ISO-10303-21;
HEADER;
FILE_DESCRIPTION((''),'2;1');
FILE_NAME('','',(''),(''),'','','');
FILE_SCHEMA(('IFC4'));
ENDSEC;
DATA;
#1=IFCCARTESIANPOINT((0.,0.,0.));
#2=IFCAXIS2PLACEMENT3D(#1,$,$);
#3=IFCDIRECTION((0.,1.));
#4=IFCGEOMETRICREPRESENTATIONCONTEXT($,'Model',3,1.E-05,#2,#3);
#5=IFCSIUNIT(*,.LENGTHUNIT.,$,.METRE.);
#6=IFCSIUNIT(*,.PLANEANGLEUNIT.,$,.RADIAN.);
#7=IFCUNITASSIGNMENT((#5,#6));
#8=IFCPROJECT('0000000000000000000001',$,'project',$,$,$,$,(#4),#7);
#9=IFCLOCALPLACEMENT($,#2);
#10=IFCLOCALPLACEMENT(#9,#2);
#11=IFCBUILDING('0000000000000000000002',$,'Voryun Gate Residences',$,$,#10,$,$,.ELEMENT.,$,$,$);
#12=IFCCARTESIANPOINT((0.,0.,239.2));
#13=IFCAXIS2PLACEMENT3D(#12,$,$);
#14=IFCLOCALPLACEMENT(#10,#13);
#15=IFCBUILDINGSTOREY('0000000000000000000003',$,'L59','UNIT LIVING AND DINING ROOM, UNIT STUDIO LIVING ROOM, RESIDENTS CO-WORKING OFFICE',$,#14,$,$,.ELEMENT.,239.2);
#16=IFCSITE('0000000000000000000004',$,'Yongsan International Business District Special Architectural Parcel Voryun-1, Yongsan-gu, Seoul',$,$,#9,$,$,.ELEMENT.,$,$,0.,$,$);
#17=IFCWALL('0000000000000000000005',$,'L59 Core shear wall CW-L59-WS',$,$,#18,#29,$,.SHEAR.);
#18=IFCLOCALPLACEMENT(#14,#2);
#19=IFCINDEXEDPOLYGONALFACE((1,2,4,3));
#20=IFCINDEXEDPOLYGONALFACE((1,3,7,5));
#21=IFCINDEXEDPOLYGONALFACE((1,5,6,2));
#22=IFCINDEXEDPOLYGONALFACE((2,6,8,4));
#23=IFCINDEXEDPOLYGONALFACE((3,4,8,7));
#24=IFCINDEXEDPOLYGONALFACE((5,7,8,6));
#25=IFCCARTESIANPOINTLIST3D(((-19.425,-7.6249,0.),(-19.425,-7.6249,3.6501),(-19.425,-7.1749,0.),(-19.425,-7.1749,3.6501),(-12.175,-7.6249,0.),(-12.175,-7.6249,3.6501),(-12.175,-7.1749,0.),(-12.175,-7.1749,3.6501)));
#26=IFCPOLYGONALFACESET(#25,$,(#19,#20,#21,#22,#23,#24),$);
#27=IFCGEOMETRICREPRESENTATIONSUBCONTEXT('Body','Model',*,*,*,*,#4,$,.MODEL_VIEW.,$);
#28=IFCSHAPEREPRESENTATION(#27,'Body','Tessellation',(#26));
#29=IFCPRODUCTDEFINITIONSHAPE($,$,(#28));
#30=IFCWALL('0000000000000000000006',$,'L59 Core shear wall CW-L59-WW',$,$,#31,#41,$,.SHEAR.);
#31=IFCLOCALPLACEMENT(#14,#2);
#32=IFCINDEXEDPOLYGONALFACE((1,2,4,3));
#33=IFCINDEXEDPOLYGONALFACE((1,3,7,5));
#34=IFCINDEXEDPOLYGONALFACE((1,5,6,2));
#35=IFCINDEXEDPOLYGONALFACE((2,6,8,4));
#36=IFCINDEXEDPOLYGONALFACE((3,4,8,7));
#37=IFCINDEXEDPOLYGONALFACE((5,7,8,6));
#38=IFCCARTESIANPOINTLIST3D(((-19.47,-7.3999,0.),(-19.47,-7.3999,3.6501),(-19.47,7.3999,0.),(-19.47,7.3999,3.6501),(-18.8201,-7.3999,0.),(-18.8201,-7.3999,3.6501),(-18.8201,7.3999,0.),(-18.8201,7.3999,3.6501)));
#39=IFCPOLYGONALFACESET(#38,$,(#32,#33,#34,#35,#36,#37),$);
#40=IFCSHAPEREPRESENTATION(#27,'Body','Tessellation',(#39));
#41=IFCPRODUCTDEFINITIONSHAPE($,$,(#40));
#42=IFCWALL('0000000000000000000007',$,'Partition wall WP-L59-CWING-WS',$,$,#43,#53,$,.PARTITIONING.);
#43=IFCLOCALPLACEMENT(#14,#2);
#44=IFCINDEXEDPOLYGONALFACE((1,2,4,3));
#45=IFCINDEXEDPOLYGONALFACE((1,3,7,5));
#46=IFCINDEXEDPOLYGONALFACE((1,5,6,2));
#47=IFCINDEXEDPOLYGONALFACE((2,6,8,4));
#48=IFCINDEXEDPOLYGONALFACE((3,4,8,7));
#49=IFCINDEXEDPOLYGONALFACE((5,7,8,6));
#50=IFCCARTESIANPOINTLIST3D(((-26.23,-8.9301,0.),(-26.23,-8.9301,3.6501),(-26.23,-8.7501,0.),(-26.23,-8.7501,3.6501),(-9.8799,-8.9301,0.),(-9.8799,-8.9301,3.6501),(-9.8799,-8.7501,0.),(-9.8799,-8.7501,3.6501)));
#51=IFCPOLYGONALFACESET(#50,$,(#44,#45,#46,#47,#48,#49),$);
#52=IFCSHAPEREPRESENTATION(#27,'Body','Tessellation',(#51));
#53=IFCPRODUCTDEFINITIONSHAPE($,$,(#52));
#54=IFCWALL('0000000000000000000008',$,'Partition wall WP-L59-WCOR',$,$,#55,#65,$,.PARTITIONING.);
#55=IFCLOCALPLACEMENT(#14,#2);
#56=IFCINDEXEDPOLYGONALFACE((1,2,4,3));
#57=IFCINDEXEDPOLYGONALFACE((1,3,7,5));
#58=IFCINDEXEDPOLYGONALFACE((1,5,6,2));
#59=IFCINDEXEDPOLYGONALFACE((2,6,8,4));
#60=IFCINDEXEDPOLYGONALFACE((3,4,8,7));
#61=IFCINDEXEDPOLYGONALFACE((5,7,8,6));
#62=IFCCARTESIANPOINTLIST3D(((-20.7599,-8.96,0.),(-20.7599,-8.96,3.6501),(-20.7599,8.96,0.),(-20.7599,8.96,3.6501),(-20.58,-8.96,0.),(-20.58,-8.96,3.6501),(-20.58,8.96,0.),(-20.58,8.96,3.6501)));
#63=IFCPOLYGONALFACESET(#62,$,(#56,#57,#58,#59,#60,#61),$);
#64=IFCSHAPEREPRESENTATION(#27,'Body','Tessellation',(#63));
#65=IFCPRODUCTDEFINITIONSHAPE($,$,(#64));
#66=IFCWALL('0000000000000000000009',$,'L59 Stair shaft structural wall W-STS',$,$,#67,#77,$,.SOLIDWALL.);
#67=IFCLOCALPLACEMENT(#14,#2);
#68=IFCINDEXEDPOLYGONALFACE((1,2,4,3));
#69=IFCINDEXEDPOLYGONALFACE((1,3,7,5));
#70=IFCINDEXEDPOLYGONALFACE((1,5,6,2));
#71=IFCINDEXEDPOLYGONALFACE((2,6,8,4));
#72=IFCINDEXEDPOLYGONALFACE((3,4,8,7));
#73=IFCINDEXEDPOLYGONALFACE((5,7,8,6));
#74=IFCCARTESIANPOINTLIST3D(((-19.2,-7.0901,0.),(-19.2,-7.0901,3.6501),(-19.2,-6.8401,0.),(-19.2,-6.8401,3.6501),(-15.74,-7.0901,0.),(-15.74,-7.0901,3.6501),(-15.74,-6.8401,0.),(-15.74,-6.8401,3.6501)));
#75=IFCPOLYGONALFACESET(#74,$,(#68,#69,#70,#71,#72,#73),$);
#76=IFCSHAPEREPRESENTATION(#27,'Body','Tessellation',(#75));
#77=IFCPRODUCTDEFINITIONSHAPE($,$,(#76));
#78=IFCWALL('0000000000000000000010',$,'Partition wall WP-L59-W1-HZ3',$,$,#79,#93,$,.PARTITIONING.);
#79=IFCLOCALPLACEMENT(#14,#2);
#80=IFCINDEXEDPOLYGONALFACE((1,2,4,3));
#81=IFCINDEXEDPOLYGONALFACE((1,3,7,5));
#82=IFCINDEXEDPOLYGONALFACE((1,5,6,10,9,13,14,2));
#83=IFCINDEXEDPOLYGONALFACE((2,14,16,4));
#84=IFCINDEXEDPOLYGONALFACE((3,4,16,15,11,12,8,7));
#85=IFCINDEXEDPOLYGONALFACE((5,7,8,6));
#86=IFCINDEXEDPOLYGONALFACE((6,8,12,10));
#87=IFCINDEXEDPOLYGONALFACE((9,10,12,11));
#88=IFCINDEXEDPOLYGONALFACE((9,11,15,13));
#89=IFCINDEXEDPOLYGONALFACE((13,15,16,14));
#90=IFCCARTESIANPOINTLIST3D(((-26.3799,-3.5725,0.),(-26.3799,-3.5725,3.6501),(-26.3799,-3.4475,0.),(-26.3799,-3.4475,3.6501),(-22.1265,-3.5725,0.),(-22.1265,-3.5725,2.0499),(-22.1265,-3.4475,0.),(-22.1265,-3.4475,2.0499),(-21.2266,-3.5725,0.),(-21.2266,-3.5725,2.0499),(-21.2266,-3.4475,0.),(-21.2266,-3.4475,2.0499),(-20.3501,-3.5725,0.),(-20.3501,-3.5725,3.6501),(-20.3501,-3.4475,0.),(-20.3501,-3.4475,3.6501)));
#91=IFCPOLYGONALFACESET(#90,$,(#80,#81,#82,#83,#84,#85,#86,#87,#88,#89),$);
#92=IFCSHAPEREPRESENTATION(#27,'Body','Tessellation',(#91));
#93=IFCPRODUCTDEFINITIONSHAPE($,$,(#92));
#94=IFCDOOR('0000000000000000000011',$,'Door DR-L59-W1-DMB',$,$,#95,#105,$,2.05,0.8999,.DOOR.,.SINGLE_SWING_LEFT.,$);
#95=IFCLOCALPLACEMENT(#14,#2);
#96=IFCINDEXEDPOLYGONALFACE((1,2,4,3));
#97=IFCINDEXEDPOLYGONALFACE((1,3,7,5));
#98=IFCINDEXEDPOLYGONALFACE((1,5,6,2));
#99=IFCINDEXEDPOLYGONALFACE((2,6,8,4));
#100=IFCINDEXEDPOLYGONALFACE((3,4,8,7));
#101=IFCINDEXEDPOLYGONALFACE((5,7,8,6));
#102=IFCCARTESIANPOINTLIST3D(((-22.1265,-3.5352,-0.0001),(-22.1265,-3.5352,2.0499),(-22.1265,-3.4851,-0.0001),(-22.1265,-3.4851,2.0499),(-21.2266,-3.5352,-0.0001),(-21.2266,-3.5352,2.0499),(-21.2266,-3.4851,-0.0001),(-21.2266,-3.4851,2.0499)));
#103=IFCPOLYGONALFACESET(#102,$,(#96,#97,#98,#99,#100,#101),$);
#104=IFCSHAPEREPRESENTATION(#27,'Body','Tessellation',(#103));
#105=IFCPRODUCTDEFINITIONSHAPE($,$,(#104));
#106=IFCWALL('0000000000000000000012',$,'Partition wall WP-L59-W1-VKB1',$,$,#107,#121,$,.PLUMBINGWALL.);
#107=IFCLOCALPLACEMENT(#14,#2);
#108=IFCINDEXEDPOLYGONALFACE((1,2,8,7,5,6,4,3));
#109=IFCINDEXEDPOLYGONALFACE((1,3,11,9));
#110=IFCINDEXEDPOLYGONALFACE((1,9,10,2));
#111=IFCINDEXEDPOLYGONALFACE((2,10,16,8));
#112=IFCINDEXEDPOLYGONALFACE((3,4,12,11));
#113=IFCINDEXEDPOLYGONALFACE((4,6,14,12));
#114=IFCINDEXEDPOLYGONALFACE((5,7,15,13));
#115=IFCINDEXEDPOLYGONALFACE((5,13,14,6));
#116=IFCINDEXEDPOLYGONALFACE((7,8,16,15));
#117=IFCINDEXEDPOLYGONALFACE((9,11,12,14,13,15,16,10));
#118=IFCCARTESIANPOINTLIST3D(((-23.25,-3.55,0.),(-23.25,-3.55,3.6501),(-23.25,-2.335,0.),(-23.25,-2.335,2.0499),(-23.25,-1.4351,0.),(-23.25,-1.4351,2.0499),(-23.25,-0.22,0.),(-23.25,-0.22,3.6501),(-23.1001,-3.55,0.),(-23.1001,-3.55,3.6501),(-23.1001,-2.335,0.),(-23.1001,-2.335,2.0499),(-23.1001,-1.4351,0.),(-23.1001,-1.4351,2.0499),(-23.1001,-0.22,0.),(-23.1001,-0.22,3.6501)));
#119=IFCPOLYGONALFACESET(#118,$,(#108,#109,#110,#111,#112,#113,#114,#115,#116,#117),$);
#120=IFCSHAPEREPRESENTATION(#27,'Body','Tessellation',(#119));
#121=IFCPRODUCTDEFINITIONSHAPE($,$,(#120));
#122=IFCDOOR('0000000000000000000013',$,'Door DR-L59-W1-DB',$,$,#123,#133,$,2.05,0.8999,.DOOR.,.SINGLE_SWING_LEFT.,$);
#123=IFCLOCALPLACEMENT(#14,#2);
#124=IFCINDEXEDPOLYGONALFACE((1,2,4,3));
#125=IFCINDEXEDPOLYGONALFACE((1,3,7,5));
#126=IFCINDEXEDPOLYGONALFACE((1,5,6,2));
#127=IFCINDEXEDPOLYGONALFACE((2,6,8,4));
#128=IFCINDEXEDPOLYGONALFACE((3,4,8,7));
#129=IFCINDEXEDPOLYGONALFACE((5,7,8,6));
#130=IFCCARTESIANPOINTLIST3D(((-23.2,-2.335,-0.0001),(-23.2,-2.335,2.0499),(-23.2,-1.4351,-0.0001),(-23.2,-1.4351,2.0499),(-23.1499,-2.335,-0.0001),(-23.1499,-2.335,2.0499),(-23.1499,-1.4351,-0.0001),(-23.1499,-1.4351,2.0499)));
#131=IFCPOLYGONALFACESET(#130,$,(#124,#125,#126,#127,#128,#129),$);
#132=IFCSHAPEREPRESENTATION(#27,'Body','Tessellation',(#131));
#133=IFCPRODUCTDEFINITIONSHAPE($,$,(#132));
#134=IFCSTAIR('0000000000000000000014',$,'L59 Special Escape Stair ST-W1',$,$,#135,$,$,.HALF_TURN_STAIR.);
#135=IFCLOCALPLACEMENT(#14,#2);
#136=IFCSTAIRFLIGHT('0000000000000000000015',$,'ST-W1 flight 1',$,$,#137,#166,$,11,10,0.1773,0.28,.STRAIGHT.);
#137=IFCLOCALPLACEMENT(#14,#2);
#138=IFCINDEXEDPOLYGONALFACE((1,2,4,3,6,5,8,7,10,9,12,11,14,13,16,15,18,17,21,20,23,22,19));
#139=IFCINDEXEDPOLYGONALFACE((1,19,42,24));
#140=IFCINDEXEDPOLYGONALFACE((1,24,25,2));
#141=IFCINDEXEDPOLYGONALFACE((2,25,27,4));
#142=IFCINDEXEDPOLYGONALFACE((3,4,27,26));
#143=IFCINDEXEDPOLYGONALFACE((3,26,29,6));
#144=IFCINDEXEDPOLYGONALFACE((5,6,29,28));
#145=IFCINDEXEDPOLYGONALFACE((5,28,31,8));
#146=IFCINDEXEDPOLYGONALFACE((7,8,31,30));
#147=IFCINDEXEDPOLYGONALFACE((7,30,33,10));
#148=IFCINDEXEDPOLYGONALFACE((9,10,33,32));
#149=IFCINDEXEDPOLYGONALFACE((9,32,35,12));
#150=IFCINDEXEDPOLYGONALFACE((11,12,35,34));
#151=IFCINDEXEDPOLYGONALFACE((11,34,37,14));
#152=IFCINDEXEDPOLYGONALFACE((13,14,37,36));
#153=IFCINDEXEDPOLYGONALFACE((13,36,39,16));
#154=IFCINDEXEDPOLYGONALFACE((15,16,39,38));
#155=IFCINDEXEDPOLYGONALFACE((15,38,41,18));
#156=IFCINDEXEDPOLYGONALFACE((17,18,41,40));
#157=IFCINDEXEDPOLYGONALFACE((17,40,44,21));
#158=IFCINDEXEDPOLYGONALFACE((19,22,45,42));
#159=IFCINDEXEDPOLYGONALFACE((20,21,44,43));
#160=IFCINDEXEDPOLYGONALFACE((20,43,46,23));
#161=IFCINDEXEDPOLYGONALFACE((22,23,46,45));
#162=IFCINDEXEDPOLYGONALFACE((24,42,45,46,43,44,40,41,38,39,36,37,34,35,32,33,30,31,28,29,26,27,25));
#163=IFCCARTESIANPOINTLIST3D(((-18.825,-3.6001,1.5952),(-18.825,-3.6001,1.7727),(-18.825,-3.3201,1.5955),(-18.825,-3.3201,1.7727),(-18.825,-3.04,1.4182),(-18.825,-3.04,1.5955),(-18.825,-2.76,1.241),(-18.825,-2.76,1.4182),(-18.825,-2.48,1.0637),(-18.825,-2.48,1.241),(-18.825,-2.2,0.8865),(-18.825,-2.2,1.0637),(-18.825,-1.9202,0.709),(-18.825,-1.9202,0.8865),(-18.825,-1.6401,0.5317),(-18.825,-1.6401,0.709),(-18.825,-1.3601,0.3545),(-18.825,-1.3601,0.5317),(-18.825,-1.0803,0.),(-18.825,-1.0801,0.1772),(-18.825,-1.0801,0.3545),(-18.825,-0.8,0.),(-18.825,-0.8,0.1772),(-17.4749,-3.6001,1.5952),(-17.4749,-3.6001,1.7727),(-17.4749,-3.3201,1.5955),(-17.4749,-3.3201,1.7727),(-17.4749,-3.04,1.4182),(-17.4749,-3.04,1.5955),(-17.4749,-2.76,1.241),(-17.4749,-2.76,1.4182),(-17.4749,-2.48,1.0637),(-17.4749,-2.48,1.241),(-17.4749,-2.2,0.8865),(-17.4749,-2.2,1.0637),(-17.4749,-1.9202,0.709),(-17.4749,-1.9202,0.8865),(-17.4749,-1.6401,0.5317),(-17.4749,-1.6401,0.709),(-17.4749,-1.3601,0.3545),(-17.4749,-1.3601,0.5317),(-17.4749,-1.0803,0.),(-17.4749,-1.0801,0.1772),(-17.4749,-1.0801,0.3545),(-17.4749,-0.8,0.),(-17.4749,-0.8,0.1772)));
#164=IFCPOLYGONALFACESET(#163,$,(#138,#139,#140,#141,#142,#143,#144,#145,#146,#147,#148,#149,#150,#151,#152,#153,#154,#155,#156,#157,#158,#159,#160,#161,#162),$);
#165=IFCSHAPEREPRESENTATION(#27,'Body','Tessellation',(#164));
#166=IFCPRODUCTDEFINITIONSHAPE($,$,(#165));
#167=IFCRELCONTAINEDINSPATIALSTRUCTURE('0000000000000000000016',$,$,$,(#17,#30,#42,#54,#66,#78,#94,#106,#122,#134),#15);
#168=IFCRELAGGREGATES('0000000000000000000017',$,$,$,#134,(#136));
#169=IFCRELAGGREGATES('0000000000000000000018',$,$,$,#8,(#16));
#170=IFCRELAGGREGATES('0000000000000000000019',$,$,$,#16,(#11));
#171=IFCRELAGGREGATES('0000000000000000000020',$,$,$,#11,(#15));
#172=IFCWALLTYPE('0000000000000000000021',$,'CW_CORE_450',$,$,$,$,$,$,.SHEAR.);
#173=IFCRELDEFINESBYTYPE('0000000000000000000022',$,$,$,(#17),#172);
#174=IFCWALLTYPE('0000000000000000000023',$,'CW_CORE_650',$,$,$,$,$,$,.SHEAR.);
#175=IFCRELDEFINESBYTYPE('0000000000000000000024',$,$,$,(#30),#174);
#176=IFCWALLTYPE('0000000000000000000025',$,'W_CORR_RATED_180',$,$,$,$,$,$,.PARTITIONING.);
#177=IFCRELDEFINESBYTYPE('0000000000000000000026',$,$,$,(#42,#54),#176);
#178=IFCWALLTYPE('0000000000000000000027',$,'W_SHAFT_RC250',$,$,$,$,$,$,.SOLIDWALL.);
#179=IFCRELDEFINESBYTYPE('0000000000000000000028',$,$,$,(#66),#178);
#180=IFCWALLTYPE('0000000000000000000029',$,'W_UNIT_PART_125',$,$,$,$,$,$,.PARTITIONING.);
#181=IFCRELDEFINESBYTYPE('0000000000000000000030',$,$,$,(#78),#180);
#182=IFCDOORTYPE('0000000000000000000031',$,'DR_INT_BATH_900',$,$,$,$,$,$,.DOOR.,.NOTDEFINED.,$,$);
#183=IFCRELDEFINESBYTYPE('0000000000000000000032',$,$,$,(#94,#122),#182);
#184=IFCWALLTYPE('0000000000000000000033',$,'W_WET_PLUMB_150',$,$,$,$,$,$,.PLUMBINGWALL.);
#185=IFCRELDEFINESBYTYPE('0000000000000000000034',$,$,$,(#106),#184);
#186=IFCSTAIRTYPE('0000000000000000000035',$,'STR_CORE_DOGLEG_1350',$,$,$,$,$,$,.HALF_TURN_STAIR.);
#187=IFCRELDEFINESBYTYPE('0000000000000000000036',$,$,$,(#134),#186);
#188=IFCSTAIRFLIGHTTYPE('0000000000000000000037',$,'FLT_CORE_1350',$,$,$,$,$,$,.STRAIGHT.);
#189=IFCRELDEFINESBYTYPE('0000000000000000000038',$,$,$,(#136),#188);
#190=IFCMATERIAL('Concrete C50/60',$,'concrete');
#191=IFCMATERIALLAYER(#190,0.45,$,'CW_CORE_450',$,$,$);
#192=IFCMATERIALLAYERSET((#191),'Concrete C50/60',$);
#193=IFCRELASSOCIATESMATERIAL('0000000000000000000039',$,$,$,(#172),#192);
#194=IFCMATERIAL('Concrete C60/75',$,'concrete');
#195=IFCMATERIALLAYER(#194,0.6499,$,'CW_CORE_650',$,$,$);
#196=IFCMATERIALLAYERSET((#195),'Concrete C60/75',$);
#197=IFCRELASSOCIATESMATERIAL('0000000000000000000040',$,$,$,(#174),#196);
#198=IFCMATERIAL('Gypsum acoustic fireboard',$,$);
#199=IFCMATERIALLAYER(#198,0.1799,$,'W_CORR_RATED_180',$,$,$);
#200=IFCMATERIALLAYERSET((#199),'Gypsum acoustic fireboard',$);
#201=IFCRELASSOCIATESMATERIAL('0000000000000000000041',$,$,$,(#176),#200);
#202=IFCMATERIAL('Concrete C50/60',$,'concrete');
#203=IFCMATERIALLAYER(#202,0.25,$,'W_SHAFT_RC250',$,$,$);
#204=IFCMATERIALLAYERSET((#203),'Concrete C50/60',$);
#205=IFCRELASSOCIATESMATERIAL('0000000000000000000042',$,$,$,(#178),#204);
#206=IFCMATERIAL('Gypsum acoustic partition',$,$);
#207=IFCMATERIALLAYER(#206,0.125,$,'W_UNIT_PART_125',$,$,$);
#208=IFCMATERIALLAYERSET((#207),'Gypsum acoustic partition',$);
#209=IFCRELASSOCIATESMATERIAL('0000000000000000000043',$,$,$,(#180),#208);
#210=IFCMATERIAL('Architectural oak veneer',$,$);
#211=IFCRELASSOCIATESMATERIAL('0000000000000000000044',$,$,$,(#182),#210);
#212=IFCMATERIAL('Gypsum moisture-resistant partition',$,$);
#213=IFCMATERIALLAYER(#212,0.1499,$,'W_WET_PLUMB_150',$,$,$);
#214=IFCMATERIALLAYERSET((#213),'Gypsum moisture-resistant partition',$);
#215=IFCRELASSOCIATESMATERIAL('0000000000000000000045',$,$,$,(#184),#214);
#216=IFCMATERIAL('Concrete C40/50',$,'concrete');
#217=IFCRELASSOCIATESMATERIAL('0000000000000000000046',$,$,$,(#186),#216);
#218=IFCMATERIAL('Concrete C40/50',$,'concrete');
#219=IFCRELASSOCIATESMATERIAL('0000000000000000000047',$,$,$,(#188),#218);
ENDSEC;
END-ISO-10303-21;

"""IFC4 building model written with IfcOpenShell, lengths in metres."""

from ifc_helpers import new_model, si_unit, direction, frame, frame_2d, origin, place, context, subcontext, project, spatial, polyline, rectangle, outline, extrude, material, layer, layer_set, type_object, element, fill, aggregate, save


model = new_model("IFC4")

# Units and contexts
model_context = context("Model", 3, precision=1e-05, world=origin(), true_north=direction((0.0, 1.0)))
body_context = subcontext(model_context, "Body", "Model", "MODEL_VIEW")
ifc_project = project(units=[si_unit("LENGTHUNIT", "METRE"), si_unit("PLANEANGLEUNIT", "RADIAN")], contexts=[model_context])

# Site, building, storey
site_placement = place(None, origin())
site = spatial("IfcSite", under=ifc_project, at=site_placement, Name="Yongsan International Business District Special Architectural Parcel Voryun-1, Yongsan-gu, Seoul", CompositionType="ELEMENT", RefElevation=0.0)
building_placement = place(site_placement, origin())
building = spatial("IfcBuilding", under=site, at=building_placement, Name="Voryun Gate Residences", CompositionType="ELEMENT")
storey_placement = place(building_placement, frame((0.0, 0.0, 239.2)))
storey = spatial("IfcBuildingStorey", under=building, at=storey_placement, Name="L59", Description="UNIT LIVING AND DINING ROOM, UNIT STUDIO LIVING ROOM, RESIDENTS CO-WORKING OFFICE", CompositionType="ELEMENT", Elevation=239.2)

# Walls
ifc_material_1 = material(Name="Concrete C50/60", Category="concrete")
ifc_layer_1 = layer(ifc_material_1, 0.45, Name="CW_CORE_450")
ifc_layer_set_1 = layer_set([ifc_layer_1], Name="Concrete C50/60")
wall_type_1 = type_object("IfcWallType", Name="CW_CORE_450", PredefinedType="SHEAR", material=ifc_layer_set_1)
wall_1_placement = place(storey_placement, frame((-19.425, -7.3999, 0.0), z_axis=(0.0, 0.0, 1.0), x_axis=(1.0, 0.0, 0.0)))
element("IfcWall", 1, at=wall_1_placement, inside=storey, type_object=wall_type_1, Name="L59 Core shear wall CW-L59-WS", PredefinedType="SHEAR", context=body_context, shape_type="SweptSolid", body=[
    extrude(rectangle(XDim=7.25, YDim=0.45, at=frame_2d((3.625, 0.0))), origin(), (0.0, 0.0, 1.0), 3.6501),
])
ifc_material_2 = material(Name="Concrete C60/75", Category="concrete")
ifc_layer_2 = layer(ifc_material_2, 0.6499, Name="CW_CORE_650")
ifc_layer_set_2 = layer_set([ifc_layer_2], Name="Concrete C60/75")
wall_type_2 = type_object("IfcWallType", Name="CW_CORE_650", PredefinedType="SHEAR", material=ifc_layer_set_2)
wall_2_placement = place(storey_placement, frame((-19.145, -7.3999, 0.0), z_axis=(0.0, 0.0, 1.0), x_axis=(0.0, 1.0, 0.0)))
element("IfcWall", 2, at=wall_2_placement, inside=storey, type_object=wall_type_2, Name="L59 Core shear wall CW-L59-WW", PredefinedType="SHEAR", context=body_context, shape_type="SweptSolid", body=[
    extrude(rectangle(XDim=14.7998, YDim=0.6499, at=frame_2d((7.3999, 0.0))), origin(), (0.0, 0.0, 1.0), 3.6501),
])
ifc_material_3 = material(Name="Gypsum acoustic fireboard")
ifc_layer_3 = layer(ifc_material_3, 0.1799, Name="W_CORR_RATED_180")
ifc_layer_set_3 = layer_set([ifc_layer_3], Name="Gypsum acoustic fireboard")
wall_type_3 = type_object("IfcWallType", Name="W_CORR_RATED_180", PredefinedType="PARTITIONING", material=ifc_layer_set_3)
wall_3_placement = place(storey_placement, frame((-26.23, -8.8401, 0.0), z_axis=(0.0, 0.0, 1.0), x_axis=(1.0, 0.0, 0.0)))
element("IfcWall", 3, at=wall_3_placement, inside=storey, type_object=wall_type_3, Name="Partition wall WP-L59-CWING-WS", PredefinedType="PARTITIONING", context=body_context, shape_type="SweptSolid", body=[
    extrude(rectangle(XDim=16.3501, YDim=0.1799, at=frame_2d((8.175, 0.0))), origin(), (0.0, 0.0, 1.0), 3.6501),
])
wall_4_placement = place(storey_placement, frame((-20.6699, -8.96, 0.0), z_axis=(0.0, 0.0, 1.0), x_axis=(0.0, 1.0, 0.0)))
element("IfcWall", 4, at=wall_4_placement, inside=storey, type_object=wall_type_3, Name="Partition wall WP-L59-WCOR", PredefinedType="PARTITIONING", context=body_context, shape_type="SweptSolid", body=[
    extrude(rectangle(XDim=17.9199, YDim=0.1799, at=frame_2d((8.96, 0.0))), origin(), (0.0, 0.0, 1.0), 3.6501),
])
ifc_material_4 = material(Name="Concrete C50/60", Category="concrete")
ifc_layer_4 = layer(ifc_material_4, 0.25, Name="W_SHAFT_RC250")
ifc_layer_set_4 = layer_set([ifc_layer_4], Name="Concrete C50/60")
wall_type_4 = type_object("IfcWallType", Name="W_SHAFT_RC250", PredefinedType="SOLIDWALL", material=ifc_layer_set_4)
wall_5_placement = place(storey_placement, frame((-19.2, -6.9651, 0.0), z_axis=(0.0, 0.0, 1.0), x_axis=(1.0, 0.0, 0.0)))
element("IfcWall", 5, at=wall_5_placement, inside=storey, type_object=wall_type_4, Name="L59 Stair shaft structural wall W-STS", PredefinedType="SOLIDWALL", context=body_context, shape_type="SweptSolid", body=[
    extrude(rectangle(XDim=3.46, YDim=0.25, at=frame_2d((1.73, 0.0))), origin(), (0.0, 0.0, 1.0), 3.6501),
])

# Walls, openings, doors
ifc_material_5 = material(Name="Gypsum acoustic partition")
ifc_layer_5 = layer(ifc_material_5, 0.125, Name="W_UNIT_PART_125")
ifc_layer_set_5 = layer_set([ifc_layer_5], Name="Gypsum acoustic partition")
wall_type_5 = type_object("IfcWallType", Name="W_UNIT_PART_125", PredefinedType="PARTITIONING", material=ifc_layer_set_5)
wall_6_placement = place(storey_placement, frame((-26.3799, -3.51, 0.0), z_axis=(0.0, 0.0, 1.0), x_axis=(1.0, 0.0, 0.0)))
wall_6 = element("IfcWall", 6, at=wall_6_placement, inside=storey, type_object=wall_type_5, Name="Partition wall WP-L59-W1-HZ3", PredefinedType="PARTITIONING", context=body_context, shape_type="SweptSolid", body=[
    extrude(rectangle(XDim=6.0298, YDim=0.125, at=frame_2d((3.0149, 0.0))), origin(), (0.0, 0.0, 1.0), 3.6501),
])
opening_1_placement = place(wall_6_placement, frame((4.2534, 0.0, 0.0)))
opening_1 = element("IfcOpeningElement", 7, at=opening_1_placement, cuts=wall_6, PredefinedType="OPENING", context=body_context, shape_type="SweptSolid", body=[
    extrude(rectangle(XDim=0.8999, YDim=2.05, at=frame_2d((0.45, 1.0249))), frame((0.0, 0.0725, 0.0), z_axis=(0.0, -1.0, 0.0), x_axis=(1.0, 0.0, 0.0)), (0.0, 0.0, 1.0), 0.145),
])
ifc_material_6 = material(Name="Architectural oak veneer")
door_type = type_object("IfcDoorType", Name="DR_INT_BATH_900", OperationType="NOTDEFINED", PredefinedType="DOOR", material=ifc_material_6)
door_1_placement = place(opening_1_placement, origin())
door_1 = element("IfcDoor", 8, at=door_1_placement, inside=storey, type_object=door_type, Name="Door DR-L59-W1-DMB", OperationType="SINGLE_SWING_LEFT", OverallHeight=2.05, OverallWidth=0.8999, PredefinedType="DOOR", context=body_context, shape_type="SweptSolid", body=[
    extrude(rectangle(XDim=0.8999, YDim=2.05, at=frame_2d((0.45, 1.0249))), frame((0.0, 0.0249, 0.0), z_axis=(0.0, -1.0, 0.0), x_axis=(1.0, 0.0, 0.0)), (0.0, 0.0, 1.0), 0.05),
])
fill(opening_1, door_1)
ifc_material_7 = material(Name="Gypsum moisture-resistant partition")
ifc_layer_6 = layer(ifc_material_7, 0.1499, Name="W_WET_PLUMB_150")
ifc_layer_set_6 = layer_set([ifc_layer_6], Name="Gypsum moisture-resistant partition")
wall_type_6 = type_object("IfcWallType", Name="W_WET_PLUMB_150", PredefinedType="PLUMBINGWALL", material=ifc_layer_set_6)
wall_7_placement = place(storey_placement, frame((-23.175, -3.55, 0.0), z_axis=(0.0, 0.0, 1.0), x_axis=(0.0, 1.0, 0.0)))
wall_7 = element("IfcWall", 9, at=wall_7_placement, inside=storey, type_object=wall_type_6, Name="Partition wall WP-L59-W1-VKB1", PredefinedType="PLUMBINGWALL", context=body_context, shape_type="SweptSolid", body=[
    extrude(rectangle(XDim=3.3301, YDim=0.1499, at=frame_2d((1.665, 0.0))), origin(), (0.0, 0.0, 1.0), 3.6501),
])
opening_2_placement = place(wall_7_placement, frame((1.2151, 0.0, 0.0)))
opening_2 = element("IfcOpeningElement", 10, at=opening_2_placement, cuts=wall_7, PredefinedType="OPENING", context=body_context, shape_type="SweptSolid", body=[
    extrude(rectangle(XDim=0.8999, YDim=2.05, at=frame_2d((0.45, 1.0249))), frame((0.0, 0.085, 0.0), z_axis=(0.0, -1.0, 0.0), x_axis=(1.0, 0.0, 0.0)), (0.0, 0.0, 1.0), 0.1699),
])
door_2_placement = place(opening_2_placement, origin())
door_2 = element("IfcDoor", 11, at=door_2_placement, inside=storey, type_object=door_type, Name="Door DR-L59-W1-DB", OperationType="SINGLE_SWING_LEFT", OverallHeight=2.05, OverallWidth=0.8999, PredefinedType="DOOR", context=body_context, shape_type="SweptSolid", body=[
    extrude(rectangle(XDim=0.8999, YDim=2.05, at=frame_2d((0.45, 1.0249))), frame((0.0, 0.0249, 0.0), z_axis=(0.0, -1.0, 0.0), x_axis=(1.0, 0.0, 0.0)), (0.0, 0.0, 1.0), 0.05),
])
fill(opening_2, door_2)

# Stair, stair flight
ifc_material_8 = material(Name="Concrete C40/50", Category="concrete")
stair_type = type_object("IfcStairType", Name="STR_CORE_DOGLEG_1350", PredefinedType="HALF_TURN_STAIR", material=ifc_material_8)
stair_placement = place(storey_placement, origin())
stair = element("IfcStair", 12, at=stair_placement, inside=storey, type_object=stair_type, Name="L59 Special Escape Stair ST-W1", PredefinedType="HALF_TURN_STAIR")
ifc_material_9 = material(Name="Concrete C40/50", Category="concrete")
stair_flight_type = type_object("IfcStairFlightType", Name="FLT_CORE_1350", PredefinedType="STRAIGHT", material=ifc_material_9)
stair_flight_placement = place(storey_placement, frame((-18.1499, -0.8, 0.0), z_axis=(0.0, 0.0, 1.0), x_axis=(0.0, -1.0, 0.0)))
stair_flight = element("IfcStairFlight", 13, at=stair_flight_placement, type_object=stair_flight_type, Name="ST-W1 flight 1", NumberOfRisers=11, NumberOfTreads=10, PredefinedType="STRAIGHT", RiserHeight=0.1773, TreadLength=0.28, context=body_context, shape_type="SweptSolid", body=[
    extrude(outline(polyline([(0.0, 0.0), (0.0, 0.1772), (0.28, 0.1772), (0.28, 0.3545), (0.5601, 0.3545), (0.5601, 0.5317), (0.8401, 0.5317), (0.8401, 0.709), (1.1201, 0.709), (1.1201, 0.8865), (1.3999, 0.8865), (1.3999, 1.0637), (1.6799, 1.0637), (1.6799, 1.241), (1.96, 1.241), (1.96, 1.4182), (2.24, 1.4182), (2.24, 1.5955), (2.52, 1.5955), (2.52, 1.7727), (2.8, 1.7727), (2.8, 1.95), (2.8, 1.5952), (0.2803, 0.0), (0.0, 0.0)])), frame((0.0, 0.675, 0.0), z_axis=(0.0, -1.0, 0.0), x_axis=(1.0, 0.0, 0.0)), (0.0, 0.0, 1.0), 1.3501),
])
aggregate(stair, [stair_flight])

save(model, "model.ifc")
